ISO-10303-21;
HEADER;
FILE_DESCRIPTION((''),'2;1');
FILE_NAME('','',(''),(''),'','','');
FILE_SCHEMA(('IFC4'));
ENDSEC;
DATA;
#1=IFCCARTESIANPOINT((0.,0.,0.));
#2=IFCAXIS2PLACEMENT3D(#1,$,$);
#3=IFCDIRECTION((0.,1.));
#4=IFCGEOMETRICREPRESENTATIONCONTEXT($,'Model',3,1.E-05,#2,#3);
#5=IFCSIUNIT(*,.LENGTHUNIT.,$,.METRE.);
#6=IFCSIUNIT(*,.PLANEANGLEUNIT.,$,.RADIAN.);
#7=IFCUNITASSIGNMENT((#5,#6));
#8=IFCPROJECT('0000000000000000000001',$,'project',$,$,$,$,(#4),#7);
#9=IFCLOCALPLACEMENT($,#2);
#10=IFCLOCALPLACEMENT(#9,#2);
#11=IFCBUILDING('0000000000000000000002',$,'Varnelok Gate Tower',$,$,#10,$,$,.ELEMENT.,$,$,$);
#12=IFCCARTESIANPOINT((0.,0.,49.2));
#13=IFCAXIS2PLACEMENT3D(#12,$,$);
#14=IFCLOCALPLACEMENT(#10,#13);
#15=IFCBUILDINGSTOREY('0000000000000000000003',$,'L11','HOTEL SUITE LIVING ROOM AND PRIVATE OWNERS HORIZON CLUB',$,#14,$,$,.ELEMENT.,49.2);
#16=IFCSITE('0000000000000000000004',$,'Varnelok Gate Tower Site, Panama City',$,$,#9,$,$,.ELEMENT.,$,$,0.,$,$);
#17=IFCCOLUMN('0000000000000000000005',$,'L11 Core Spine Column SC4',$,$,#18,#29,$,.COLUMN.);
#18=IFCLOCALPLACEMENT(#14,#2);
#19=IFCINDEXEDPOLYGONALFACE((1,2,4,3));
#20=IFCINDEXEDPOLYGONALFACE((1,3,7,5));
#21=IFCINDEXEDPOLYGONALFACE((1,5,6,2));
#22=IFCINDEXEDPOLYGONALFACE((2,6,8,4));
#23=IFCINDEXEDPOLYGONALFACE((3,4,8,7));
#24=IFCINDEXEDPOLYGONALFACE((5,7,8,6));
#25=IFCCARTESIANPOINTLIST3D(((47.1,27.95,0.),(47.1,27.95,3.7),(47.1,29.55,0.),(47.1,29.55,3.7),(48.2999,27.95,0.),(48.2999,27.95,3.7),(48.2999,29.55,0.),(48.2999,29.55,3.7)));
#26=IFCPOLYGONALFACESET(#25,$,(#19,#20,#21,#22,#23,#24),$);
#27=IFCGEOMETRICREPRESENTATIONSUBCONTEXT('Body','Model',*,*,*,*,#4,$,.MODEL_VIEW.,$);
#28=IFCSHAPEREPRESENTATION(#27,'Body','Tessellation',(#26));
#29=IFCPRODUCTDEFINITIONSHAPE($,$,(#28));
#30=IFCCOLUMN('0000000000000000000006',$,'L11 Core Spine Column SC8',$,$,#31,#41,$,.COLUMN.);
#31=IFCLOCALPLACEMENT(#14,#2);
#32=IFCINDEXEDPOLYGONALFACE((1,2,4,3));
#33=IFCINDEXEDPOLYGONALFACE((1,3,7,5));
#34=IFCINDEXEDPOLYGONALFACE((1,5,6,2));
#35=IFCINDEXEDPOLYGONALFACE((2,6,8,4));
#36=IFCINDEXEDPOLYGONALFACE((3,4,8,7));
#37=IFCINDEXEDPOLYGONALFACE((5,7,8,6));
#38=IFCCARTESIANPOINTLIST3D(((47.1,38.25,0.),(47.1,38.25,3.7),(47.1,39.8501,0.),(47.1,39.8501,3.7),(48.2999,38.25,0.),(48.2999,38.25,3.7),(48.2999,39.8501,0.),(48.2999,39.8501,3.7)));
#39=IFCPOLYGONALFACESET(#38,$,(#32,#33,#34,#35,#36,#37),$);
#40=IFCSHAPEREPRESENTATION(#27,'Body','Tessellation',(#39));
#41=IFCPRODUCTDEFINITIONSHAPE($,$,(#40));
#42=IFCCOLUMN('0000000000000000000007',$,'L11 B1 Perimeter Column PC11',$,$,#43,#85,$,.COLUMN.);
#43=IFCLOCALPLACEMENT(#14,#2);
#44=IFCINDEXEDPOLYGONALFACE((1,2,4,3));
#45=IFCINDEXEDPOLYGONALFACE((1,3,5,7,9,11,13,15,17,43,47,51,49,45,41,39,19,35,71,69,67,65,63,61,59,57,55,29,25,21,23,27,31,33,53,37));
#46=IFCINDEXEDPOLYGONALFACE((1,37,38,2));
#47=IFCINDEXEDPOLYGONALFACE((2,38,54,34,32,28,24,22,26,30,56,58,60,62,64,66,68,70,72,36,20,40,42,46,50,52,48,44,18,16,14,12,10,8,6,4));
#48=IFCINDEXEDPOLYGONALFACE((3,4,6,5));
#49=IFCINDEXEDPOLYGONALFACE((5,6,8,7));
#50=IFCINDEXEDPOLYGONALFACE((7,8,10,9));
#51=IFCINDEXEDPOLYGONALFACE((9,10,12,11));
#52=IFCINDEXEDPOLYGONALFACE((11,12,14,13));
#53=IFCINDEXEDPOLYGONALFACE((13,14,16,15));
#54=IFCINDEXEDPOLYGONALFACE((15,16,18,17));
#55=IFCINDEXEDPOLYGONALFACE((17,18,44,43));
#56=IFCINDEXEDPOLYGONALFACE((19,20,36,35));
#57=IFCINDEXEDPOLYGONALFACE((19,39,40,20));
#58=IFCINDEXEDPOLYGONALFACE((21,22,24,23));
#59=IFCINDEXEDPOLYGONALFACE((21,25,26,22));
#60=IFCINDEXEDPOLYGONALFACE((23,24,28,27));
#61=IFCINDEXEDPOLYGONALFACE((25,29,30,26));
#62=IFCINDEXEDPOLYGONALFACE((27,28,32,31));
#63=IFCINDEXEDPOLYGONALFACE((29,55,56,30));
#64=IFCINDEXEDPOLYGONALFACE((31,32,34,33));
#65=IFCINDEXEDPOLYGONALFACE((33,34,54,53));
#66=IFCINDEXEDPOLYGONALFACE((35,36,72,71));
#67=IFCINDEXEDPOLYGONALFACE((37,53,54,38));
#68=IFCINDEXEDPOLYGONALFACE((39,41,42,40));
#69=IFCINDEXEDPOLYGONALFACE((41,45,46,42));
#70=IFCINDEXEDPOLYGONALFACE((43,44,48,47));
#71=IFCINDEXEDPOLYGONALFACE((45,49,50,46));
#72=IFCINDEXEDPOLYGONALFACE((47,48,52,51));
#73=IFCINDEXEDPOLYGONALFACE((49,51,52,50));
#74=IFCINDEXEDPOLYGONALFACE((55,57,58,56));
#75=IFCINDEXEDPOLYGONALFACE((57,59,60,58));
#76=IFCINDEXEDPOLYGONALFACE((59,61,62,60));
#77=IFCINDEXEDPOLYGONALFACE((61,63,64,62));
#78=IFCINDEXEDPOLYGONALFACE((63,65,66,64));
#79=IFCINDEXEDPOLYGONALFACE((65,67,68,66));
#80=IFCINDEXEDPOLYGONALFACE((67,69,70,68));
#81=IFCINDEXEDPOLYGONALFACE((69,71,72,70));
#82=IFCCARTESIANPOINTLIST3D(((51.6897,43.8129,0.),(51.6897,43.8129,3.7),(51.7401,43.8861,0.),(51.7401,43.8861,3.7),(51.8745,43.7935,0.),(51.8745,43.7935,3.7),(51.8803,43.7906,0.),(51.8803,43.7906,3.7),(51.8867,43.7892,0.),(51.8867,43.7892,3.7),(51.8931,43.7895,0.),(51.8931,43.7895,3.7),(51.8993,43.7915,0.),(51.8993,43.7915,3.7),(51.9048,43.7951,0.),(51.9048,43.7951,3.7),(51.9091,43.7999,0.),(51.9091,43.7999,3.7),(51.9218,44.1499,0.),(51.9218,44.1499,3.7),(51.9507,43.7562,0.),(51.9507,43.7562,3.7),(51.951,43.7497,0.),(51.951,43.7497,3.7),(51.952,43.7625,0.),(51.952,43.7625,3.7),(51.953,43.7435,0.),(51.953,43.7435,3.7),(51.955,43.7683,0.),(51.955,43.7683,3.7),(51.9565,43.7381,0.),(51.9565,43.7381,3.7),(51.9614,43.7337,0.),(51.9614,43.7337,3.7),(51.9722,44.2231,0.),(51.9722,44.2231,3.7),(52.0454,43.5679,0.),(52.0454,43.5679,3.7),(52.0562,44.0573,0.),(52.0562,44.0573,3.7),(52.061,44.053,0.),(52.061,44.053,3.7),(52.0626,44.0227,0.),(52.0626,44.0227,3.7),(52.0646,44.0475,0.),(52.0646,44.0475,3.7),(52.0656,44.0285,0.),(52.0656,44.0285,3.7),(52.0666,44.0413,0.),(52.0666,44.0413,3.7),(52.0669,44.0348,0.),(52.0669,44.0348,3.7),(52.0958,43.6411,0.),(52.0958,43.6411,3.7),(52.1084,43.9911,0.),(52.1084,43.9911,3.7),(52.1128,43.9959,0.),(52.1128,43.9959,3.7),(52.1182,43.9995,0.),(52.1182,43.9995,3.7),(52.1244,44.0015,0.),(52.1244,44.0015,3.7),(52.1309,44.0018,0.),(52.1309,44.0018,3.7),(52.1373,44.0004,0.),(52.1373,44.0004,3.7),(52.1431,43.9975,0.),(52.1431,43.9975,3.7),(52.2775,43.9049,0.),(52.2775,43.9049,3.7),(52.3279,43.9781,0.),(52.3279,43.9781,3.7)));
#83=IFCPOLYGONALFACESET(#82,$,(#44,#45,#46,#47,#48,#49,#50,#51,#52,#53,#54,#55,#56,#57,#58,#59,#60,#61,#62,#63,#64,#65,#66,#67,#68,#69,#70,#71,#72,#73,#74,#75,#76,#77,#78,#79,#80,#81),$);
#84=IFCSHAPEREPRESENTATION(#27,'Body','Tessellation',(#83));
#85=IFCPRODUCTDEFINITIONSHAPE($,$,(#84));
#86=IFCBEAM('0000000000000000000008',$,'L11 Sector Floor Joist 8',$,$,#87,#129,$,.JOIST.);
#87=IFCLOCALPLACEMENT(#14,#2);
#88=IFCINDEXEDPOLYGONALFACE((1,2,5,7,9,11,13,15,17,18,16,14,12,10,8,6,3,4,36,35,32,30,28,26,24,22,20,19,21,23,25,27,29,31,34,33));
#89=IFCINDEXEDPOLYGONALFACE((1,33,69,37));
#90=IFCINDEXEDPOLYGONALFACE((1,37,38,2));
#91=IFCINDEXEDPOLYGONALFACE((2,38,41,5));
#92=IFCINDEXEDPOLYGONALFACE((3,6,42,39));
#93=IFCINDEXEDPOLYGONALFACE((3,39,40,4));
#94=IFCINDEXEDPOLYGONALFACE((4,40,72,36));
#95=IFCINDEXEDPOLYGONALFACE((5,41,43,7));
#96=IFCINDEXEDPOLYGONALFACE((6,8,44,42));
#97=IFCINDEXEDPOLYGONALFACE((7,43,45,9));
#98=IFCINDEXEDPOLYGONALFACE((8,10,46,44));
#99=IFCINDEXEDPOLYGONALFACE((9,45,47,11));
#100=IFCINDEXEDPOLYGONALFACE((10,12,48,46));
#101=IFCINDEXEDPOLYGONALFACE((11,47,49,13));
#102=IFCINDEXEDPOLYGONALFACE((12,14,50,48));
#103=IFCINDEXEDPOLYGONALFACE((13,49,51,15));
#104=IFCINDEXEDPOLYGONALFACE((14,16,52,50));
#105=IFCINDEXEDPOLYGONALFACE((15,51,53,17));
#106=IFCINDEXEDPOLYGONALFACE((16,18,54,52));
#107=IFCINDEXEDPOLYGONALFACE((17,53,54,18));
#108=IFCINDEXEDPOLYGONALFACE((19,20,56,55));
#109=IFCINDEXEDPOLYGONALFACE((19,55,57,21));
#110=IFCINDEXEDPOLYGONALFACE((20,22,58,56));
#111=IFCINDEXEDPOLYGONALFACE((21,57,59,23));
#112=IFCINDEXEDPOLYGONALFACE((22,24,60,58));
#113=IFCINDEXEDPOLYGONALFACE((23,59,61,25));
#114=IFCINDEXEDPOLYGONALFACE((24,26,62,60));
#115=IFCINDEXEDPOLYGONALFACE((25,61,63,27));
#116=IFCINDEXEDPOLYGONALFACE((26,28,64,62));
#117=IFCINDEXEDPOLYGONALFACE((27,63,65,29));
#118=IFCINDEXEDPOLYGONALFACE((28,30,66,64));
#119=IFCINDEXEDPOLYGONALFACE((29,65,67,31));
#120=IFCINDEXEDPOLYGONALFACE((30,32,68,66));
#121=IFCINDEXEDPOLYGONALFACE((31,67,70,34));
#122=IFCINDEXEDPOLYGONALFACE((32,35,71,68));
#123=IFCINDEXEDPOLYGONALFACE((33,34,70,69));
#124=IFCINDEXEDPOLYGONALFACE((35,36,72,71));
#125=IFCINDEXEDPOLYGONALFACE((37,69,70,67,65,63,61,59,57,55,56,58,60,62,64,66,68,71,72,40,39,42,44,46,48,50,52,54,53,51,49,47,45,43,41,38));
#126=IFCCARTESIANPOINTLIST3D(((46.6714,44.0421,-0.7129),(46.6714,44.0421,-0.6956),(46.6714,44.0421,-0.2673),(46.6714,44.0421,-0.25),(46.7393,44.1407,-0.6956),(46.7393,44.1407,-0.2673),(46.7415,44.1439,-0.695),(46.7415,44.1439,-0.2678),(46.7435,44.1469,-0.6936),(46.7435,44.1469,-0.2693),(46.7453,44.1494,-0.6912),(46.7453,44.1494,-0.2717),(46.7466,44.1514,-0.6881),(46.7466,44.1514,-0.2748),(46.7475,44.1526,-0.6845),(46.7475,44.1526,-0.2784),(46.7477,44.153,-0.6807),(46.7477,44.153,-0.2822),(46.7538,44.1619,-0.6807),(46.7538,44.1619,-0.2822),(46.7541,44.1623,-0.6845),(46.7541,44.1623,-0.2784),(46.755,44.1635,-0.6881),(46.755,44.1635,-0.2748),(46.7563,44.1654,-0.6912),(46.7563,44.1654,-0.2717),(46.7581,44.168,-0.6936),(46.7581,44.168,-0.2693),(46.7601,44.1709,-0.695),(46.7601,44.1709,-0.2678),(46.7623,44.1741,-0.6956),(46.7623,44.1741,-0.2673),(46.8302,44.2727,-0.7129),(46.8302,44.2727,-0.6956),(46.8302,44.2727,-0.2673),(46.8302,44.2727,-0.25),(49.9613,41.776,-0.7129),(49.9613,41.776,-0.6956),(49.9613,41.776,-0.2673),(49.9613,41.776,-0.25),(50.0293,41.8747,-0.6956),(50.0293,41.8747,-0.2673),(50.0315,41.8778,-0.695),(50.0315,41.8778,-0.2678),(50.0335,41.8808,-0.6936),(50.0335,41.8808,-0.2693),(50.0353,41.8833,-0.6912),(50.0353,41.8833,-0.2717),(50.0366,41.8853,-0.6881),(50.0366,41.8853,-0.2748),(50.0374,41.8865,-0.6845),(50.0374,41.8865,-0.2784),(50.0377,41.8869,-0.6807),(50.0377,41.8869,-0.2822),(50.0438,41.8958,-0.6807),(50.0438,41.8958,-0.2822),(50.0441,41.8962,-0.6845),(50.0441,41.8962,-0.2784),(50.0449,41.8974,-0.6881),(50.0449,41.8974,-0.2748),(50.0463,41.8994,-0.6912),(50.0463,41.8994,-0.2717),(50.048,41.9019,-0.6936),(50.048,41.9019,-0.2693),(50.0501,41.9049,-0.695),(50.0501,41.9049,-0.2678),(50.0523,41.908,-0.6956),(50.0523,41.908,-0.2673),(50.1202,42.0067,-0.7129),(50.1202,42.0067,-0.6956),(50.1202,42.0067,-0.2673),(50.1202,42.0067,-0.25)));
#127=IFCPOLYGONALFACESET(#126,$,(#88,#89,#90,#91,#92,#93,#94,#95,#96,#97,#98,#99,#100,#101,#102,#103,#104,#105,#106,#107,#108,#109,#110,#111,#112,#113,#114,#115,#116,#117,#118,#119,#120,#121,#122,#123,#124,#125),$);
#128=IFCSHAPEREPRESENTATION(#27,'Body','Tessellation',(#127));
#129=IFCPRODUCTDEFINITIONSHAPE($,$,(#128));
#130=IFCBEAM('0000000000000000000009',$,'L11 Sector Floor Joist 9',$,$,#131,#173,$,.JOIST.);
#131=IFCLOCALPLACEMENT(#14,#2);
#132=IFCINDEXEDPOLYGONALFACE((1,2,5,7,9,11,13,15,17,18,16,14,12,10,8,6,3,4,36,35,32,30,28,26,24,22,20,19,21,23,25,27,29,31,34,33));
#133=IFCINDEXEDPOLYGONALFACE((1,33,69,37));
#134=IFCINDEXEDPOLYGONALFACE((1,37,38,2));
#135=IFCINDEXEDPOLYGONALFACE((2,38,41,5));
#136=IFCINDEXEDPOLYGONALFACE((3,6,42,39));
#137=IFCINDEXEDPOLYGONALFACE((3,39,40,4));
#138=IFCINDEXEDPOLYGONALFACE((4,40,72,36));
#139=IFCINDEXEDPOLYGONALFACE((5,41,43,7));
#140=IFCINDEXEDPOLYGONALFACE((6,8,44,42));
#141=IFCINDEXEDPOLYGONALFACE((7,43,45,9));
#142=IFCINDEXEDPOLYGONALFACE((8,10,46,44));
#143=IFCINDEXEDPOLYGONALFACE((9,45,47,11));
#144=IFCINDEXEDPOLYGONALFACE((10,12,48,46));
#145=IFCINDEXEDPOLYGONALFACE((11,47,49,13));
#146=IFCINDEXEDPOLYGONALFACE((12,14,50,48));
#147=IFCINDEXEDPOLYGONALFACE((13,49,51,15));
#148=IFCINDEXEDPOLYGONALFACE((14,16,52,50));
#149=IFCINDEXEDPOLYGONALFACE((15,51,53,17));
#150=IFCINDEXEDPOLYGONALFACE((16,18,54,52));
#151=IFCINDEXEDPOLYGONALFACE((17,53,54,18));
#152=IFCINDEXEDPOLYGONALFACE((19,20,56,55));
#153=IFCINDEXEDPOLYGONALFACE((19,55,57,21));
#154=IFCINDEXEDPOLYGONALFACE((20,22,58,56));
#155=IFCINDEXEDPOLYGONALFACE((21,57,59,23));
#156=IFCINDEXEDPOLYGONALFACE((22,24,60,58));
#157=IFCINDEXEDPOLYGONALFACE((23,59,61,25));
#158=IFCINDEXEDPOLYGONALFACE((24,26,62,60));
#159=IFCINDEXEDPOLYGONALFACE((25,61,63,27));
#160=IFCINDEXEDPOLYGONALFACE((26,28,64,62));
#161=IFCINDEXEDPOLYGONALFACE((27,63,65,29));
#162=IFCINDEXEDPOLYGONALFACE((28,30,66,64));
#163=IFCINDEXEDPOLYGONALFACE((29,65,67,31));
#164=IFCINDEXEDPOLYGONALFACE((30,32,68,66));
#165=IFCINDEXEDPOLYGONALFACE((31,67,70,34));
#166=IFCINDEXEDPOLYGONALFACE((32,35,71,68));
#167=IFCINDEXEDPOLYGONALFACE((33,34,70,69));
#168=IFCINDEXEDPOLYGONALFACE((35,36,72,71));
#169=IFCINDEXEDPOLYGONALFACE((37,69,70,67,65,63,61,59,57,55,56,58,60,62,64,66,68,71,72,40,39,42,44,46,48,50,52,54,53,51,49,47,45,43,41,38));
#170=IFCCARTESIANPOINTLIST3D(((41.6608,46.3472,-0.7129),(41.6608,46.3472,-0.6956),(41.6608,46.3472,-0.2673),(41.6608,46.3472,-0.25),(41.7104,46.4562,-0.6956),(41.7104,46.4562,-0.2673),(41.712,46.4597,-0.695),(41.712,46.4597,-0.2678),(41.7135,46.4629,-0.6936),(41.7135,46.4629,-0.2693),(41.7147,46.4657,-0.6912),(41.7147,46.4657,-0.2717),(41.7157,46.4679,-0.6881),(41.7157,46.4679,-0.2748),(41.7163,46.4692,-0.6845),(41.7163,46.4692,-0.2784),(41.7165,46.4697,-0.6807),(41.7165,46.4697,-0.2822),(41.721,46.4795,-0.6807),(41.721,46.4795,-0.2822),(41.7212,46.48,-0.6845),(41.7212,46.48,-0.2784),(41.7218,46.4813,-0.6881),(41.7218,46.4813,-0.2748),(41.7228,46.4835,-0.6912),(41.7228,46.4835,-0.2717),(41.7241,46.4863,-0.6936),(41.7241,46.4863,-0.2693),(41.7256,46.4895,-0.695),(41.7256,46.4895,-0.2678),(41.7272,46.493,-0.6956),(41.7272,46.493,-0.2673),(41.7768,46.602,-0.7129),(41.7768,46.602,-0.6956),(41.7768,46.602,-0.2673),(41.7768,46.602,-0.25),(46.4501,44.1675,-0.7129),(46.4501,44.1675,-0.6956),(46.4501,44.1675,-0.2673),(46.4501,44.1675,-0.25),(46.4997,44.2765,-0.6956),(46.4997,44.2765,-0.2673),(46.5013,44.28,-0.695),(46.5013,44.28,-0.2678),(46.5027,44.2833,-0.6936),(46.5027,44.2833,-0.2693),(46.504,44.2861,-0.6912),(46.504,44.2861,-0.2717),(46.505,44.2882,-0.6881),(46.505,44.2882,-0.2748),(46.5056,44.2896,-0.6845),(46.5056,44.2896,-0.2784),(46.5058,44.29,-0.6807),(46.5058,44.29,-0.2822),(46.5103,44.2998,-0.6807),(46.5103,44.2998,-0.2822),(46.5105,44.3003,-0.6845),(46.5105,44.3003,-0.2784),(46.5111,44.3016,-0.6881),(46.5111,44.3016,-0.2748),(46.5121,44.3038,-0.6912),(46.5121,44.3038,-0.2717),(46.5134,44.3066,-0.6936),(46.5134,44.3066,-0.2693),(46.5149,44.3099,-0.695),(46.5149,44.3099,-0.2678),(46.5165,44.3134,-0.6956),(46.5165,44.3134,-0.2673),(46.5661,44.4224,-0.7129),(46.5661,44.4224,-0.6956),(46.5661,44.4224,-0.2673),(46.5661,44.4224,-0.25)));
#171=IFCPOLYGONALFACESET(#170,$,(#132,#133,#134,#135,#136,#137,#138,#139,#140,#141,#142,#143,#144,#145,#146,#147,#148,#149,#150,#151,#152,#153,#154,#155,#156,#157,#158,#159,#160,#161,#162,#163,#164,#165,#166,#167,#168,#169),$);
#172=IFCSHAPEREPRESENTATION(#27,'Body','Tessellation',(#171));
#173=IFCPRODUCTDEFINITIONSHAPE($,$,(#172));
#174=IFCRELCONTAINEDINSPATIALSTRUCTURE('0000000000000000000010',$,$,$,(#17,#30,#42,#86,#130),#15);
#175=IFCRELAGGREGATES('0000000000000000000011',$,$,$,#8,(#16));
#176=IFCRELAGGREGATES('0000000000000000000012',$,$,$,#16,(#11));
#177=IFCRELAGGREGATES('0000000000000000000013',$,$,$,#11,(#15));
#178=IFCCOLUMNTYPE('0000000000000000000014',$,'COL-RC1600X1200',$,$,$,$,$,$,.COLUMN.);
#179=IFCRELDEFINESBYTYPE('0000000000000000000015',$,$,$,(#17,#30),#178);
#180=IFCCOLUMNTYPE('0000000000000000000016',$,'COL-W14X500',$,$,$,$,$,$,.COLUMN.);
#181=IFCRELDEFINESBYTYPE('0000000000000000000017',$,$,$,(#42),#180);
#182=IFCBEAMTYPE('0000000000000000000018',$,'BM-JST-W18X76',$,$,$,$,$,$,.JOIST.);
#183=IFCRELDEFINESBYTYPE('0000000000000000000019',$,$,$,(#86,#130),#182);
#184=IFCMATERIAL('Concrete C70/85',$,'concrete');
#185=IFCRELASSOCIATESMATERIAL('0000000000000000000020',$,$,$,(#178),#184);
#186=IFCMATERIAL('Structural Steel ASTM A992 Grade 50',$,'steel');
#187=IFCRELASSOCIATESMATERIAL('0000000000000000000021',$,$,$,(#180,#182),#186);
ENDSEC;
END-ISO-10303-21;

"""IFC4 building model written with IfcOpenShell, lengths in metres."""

from ifc_helpers import new_model, si_unit, direction, frame, origin, origin_2d, place, context, subcontext, project, spatial, rectangle, i_section, extrude, material, material_profile, profile_set, type_object, element, save


model = new_model("IFC4")

# Units and contexts
model_context = context("Model", 3, precision=1e-05, world=origin(), true_north=direction((0.0, 1.0)))
body_context = subcontext(model_context, "Body", "Model", "MODEL_VIEW")
ifc_project = project(units=[si_unit("LENGTHUNIT", "METRE"), si_unit("PLANEANGLEUNIT", "RADIAN")], contexts=[model_context])

# Site, building, storey
site_placement = place(None, origin())
site = spatial("IfcSite", under=ifc_project, at=site_placement, Name="Varnelok Gate Tower Site, Panama City", CompositionType="ELEMENT", RefElevation=0.0)
building_placement = place(site_placement, origin())
building = spatial("IfcBuilding", under=site, at=building_placement, Name="Varnelok Gate Tower", CompositionType="ELEMENT")
storey_placement = place(building_placement, frame((0.0, 0.0, 49.2)))
storey = spatial("IfcBuildingStorey", under=building, at=storey_placement, Name="L11", Description="HOTEL SUITE LIVING ROOM AND PRIVATE OWNERS HORIZON CLUB", CompositionType="ELEMENT", Elevation=49.2)

# Columns
ifc_material_1 = material(Name="Concrete C70/85", Category="concrete")
ifc_material_profile_1 = material_profile(ifc_material_1, rectangle(XDim=1.2, YDim=1.6001, at=origin_2d()), Name="RC1600X1200")
ifc_profile_set_1 = profile_set([ifc_material_profile_1], Name="Concrete C70/85")
column_type_1 = type_object("IfcColumnType", Name="COL-RC1600X1200", PredefinedType="COLUMN", material=ifc_profile_set_1)
for number, where, z_axis, x_axis, name in (
    (1, (47.7, 28.75, 0.0), (0.0, 0.0, 1.0), (1.0, 0.0, 0.0), "L11 Core Spine Column SC4"),
    (2, (47.7, 39.05, 0.0), (0.0, 0.0, 1.0), (1.0, 0.0, 0.0), "L11 Core Spine Column SC8"),
):
    element("IfcColumn", number, at=place(storey_placement, frame(where, z_axis=z_axis, x_axis=x_axis)), inside=storey, type_object=column_type_1, Name=name, PredefinedType="COLUMN", context=body_context, shape_type="SweptSolid", body=[
        extrude(rectangle(XDim=1.2, YDim=1.6001, at=origin_2d()), origin(), (0.0, 0.0, 1.0), 3.7),
    ])
ifc_material_2 = material(Name="Structural Steel ASTM A992 Grade 50", Category="steel")
ifc_material_profile_2 = material_profile(ifc_material_2, i_section(OverallWidth=0.4319, OverallDepth=0.498, WebThickness=0.0557, FlangeThickness=0.0889, FilletRadius=0.0249, at=origin_2d()), Name="W14X500")
ifc_profile_set_2 = profile_set([ifc_material_profile_2], Name="Structural Steel ASTM A992 Grade 50")
column_type_2 = type_object("IfcColumnType", Name="COL-W14X500", PredefinedType="COLUMN", material=ifc_profile_set_2)
column_placement = place(storey_placement, frame((52.0088, 43.8955, 0.0), z_axis=(0.0, 0.0, 1.0), x_axis=(0.823533, -0.567269, 0.0)))
element("IfcColumn", 3, at=column_placement, inside=storey, type_object=column_type_2, Name="L11 B1 Perimeter Column PC11", PredefinedType="COLUMN", context=body_context, shape_type="SweptSolid", body=[
    extrude(i_section(OverallWidth=0.4319, OverallDepth=0.498, WebThickness=0.0557, FlangeThickness=0.0889, FilletRadius=0.0249, at=origin_2d()), origin(), (0.0, 0.0, 1.0), 3.7),
])

# Beams
ifc_material_profile_3 = material_profile(ifc_material_2, i_section(OverallWidth=0.28, OverallDepth=0.4629, WebThickness=0.0107, FlangeThickness=0.0173, FilletRadius=0.0149, at=origin_2d()), Name="W18X76")
ifc_profile_set_3 = profile_set([ifc_material_profile_3], Name="Structural Steel ASTM A992 Grade 50")
beam_type_1 = type_object("IfcBeamType", Name="BM-JST-W18X76", PredefinedType="JOIST", material=ifc_profile_set_3)
beam_1_placement = place(storey_placement, frame((50.0408, 41.8914, -0.4814), z_axis=(-0.823549, 0.567244, 0.0), x_axis=(-0.567244, -0.823549, 0.0)))
element("IfcBeam", 4, at=beam_1_placement, inside=storey, type_object=beam_type_1, Name="L11 Sector Floor Joist 8", PredefinedType="JOIST", context=body_context, shape_type="SweptSolid", body=[
    extrude(i_section(OverallWidth=0.28, OverallDepth=0.4629, WebThickness=0.0107, FlangeThickness=0.0173, FilletRadius=0.0149, at=origin_2d()), origin(), (0.0, 0.0, 1.0), 3.9949),
])
beam_2_placement = place(storey_placement, frame((46.5081, 44.2949, -0.4814), z_axis=(-0.910171, 0.414233, 0.0), x_axis=(-0.414233, -0.910171, 0.0)))
element("IfcBeam", 5, at=beam_2_placement, inside=storey, type_object=beam_type_1, Name="L11 Sector Floor Joist 9", PredefinedType="JOIST", context=body_context, shape_type="SweptSolid", body=[
    extrude(i_section(OverallWidth=0.28, OverallDepth=0.4629, WebThickness=0.0107, FlangeThickness=0.0173, FilletRadius=0.0149, at=origin_2d()), origin(), (0.0, 0.0, 1.0), 5.262),
])

save(model, "model.ifc")
